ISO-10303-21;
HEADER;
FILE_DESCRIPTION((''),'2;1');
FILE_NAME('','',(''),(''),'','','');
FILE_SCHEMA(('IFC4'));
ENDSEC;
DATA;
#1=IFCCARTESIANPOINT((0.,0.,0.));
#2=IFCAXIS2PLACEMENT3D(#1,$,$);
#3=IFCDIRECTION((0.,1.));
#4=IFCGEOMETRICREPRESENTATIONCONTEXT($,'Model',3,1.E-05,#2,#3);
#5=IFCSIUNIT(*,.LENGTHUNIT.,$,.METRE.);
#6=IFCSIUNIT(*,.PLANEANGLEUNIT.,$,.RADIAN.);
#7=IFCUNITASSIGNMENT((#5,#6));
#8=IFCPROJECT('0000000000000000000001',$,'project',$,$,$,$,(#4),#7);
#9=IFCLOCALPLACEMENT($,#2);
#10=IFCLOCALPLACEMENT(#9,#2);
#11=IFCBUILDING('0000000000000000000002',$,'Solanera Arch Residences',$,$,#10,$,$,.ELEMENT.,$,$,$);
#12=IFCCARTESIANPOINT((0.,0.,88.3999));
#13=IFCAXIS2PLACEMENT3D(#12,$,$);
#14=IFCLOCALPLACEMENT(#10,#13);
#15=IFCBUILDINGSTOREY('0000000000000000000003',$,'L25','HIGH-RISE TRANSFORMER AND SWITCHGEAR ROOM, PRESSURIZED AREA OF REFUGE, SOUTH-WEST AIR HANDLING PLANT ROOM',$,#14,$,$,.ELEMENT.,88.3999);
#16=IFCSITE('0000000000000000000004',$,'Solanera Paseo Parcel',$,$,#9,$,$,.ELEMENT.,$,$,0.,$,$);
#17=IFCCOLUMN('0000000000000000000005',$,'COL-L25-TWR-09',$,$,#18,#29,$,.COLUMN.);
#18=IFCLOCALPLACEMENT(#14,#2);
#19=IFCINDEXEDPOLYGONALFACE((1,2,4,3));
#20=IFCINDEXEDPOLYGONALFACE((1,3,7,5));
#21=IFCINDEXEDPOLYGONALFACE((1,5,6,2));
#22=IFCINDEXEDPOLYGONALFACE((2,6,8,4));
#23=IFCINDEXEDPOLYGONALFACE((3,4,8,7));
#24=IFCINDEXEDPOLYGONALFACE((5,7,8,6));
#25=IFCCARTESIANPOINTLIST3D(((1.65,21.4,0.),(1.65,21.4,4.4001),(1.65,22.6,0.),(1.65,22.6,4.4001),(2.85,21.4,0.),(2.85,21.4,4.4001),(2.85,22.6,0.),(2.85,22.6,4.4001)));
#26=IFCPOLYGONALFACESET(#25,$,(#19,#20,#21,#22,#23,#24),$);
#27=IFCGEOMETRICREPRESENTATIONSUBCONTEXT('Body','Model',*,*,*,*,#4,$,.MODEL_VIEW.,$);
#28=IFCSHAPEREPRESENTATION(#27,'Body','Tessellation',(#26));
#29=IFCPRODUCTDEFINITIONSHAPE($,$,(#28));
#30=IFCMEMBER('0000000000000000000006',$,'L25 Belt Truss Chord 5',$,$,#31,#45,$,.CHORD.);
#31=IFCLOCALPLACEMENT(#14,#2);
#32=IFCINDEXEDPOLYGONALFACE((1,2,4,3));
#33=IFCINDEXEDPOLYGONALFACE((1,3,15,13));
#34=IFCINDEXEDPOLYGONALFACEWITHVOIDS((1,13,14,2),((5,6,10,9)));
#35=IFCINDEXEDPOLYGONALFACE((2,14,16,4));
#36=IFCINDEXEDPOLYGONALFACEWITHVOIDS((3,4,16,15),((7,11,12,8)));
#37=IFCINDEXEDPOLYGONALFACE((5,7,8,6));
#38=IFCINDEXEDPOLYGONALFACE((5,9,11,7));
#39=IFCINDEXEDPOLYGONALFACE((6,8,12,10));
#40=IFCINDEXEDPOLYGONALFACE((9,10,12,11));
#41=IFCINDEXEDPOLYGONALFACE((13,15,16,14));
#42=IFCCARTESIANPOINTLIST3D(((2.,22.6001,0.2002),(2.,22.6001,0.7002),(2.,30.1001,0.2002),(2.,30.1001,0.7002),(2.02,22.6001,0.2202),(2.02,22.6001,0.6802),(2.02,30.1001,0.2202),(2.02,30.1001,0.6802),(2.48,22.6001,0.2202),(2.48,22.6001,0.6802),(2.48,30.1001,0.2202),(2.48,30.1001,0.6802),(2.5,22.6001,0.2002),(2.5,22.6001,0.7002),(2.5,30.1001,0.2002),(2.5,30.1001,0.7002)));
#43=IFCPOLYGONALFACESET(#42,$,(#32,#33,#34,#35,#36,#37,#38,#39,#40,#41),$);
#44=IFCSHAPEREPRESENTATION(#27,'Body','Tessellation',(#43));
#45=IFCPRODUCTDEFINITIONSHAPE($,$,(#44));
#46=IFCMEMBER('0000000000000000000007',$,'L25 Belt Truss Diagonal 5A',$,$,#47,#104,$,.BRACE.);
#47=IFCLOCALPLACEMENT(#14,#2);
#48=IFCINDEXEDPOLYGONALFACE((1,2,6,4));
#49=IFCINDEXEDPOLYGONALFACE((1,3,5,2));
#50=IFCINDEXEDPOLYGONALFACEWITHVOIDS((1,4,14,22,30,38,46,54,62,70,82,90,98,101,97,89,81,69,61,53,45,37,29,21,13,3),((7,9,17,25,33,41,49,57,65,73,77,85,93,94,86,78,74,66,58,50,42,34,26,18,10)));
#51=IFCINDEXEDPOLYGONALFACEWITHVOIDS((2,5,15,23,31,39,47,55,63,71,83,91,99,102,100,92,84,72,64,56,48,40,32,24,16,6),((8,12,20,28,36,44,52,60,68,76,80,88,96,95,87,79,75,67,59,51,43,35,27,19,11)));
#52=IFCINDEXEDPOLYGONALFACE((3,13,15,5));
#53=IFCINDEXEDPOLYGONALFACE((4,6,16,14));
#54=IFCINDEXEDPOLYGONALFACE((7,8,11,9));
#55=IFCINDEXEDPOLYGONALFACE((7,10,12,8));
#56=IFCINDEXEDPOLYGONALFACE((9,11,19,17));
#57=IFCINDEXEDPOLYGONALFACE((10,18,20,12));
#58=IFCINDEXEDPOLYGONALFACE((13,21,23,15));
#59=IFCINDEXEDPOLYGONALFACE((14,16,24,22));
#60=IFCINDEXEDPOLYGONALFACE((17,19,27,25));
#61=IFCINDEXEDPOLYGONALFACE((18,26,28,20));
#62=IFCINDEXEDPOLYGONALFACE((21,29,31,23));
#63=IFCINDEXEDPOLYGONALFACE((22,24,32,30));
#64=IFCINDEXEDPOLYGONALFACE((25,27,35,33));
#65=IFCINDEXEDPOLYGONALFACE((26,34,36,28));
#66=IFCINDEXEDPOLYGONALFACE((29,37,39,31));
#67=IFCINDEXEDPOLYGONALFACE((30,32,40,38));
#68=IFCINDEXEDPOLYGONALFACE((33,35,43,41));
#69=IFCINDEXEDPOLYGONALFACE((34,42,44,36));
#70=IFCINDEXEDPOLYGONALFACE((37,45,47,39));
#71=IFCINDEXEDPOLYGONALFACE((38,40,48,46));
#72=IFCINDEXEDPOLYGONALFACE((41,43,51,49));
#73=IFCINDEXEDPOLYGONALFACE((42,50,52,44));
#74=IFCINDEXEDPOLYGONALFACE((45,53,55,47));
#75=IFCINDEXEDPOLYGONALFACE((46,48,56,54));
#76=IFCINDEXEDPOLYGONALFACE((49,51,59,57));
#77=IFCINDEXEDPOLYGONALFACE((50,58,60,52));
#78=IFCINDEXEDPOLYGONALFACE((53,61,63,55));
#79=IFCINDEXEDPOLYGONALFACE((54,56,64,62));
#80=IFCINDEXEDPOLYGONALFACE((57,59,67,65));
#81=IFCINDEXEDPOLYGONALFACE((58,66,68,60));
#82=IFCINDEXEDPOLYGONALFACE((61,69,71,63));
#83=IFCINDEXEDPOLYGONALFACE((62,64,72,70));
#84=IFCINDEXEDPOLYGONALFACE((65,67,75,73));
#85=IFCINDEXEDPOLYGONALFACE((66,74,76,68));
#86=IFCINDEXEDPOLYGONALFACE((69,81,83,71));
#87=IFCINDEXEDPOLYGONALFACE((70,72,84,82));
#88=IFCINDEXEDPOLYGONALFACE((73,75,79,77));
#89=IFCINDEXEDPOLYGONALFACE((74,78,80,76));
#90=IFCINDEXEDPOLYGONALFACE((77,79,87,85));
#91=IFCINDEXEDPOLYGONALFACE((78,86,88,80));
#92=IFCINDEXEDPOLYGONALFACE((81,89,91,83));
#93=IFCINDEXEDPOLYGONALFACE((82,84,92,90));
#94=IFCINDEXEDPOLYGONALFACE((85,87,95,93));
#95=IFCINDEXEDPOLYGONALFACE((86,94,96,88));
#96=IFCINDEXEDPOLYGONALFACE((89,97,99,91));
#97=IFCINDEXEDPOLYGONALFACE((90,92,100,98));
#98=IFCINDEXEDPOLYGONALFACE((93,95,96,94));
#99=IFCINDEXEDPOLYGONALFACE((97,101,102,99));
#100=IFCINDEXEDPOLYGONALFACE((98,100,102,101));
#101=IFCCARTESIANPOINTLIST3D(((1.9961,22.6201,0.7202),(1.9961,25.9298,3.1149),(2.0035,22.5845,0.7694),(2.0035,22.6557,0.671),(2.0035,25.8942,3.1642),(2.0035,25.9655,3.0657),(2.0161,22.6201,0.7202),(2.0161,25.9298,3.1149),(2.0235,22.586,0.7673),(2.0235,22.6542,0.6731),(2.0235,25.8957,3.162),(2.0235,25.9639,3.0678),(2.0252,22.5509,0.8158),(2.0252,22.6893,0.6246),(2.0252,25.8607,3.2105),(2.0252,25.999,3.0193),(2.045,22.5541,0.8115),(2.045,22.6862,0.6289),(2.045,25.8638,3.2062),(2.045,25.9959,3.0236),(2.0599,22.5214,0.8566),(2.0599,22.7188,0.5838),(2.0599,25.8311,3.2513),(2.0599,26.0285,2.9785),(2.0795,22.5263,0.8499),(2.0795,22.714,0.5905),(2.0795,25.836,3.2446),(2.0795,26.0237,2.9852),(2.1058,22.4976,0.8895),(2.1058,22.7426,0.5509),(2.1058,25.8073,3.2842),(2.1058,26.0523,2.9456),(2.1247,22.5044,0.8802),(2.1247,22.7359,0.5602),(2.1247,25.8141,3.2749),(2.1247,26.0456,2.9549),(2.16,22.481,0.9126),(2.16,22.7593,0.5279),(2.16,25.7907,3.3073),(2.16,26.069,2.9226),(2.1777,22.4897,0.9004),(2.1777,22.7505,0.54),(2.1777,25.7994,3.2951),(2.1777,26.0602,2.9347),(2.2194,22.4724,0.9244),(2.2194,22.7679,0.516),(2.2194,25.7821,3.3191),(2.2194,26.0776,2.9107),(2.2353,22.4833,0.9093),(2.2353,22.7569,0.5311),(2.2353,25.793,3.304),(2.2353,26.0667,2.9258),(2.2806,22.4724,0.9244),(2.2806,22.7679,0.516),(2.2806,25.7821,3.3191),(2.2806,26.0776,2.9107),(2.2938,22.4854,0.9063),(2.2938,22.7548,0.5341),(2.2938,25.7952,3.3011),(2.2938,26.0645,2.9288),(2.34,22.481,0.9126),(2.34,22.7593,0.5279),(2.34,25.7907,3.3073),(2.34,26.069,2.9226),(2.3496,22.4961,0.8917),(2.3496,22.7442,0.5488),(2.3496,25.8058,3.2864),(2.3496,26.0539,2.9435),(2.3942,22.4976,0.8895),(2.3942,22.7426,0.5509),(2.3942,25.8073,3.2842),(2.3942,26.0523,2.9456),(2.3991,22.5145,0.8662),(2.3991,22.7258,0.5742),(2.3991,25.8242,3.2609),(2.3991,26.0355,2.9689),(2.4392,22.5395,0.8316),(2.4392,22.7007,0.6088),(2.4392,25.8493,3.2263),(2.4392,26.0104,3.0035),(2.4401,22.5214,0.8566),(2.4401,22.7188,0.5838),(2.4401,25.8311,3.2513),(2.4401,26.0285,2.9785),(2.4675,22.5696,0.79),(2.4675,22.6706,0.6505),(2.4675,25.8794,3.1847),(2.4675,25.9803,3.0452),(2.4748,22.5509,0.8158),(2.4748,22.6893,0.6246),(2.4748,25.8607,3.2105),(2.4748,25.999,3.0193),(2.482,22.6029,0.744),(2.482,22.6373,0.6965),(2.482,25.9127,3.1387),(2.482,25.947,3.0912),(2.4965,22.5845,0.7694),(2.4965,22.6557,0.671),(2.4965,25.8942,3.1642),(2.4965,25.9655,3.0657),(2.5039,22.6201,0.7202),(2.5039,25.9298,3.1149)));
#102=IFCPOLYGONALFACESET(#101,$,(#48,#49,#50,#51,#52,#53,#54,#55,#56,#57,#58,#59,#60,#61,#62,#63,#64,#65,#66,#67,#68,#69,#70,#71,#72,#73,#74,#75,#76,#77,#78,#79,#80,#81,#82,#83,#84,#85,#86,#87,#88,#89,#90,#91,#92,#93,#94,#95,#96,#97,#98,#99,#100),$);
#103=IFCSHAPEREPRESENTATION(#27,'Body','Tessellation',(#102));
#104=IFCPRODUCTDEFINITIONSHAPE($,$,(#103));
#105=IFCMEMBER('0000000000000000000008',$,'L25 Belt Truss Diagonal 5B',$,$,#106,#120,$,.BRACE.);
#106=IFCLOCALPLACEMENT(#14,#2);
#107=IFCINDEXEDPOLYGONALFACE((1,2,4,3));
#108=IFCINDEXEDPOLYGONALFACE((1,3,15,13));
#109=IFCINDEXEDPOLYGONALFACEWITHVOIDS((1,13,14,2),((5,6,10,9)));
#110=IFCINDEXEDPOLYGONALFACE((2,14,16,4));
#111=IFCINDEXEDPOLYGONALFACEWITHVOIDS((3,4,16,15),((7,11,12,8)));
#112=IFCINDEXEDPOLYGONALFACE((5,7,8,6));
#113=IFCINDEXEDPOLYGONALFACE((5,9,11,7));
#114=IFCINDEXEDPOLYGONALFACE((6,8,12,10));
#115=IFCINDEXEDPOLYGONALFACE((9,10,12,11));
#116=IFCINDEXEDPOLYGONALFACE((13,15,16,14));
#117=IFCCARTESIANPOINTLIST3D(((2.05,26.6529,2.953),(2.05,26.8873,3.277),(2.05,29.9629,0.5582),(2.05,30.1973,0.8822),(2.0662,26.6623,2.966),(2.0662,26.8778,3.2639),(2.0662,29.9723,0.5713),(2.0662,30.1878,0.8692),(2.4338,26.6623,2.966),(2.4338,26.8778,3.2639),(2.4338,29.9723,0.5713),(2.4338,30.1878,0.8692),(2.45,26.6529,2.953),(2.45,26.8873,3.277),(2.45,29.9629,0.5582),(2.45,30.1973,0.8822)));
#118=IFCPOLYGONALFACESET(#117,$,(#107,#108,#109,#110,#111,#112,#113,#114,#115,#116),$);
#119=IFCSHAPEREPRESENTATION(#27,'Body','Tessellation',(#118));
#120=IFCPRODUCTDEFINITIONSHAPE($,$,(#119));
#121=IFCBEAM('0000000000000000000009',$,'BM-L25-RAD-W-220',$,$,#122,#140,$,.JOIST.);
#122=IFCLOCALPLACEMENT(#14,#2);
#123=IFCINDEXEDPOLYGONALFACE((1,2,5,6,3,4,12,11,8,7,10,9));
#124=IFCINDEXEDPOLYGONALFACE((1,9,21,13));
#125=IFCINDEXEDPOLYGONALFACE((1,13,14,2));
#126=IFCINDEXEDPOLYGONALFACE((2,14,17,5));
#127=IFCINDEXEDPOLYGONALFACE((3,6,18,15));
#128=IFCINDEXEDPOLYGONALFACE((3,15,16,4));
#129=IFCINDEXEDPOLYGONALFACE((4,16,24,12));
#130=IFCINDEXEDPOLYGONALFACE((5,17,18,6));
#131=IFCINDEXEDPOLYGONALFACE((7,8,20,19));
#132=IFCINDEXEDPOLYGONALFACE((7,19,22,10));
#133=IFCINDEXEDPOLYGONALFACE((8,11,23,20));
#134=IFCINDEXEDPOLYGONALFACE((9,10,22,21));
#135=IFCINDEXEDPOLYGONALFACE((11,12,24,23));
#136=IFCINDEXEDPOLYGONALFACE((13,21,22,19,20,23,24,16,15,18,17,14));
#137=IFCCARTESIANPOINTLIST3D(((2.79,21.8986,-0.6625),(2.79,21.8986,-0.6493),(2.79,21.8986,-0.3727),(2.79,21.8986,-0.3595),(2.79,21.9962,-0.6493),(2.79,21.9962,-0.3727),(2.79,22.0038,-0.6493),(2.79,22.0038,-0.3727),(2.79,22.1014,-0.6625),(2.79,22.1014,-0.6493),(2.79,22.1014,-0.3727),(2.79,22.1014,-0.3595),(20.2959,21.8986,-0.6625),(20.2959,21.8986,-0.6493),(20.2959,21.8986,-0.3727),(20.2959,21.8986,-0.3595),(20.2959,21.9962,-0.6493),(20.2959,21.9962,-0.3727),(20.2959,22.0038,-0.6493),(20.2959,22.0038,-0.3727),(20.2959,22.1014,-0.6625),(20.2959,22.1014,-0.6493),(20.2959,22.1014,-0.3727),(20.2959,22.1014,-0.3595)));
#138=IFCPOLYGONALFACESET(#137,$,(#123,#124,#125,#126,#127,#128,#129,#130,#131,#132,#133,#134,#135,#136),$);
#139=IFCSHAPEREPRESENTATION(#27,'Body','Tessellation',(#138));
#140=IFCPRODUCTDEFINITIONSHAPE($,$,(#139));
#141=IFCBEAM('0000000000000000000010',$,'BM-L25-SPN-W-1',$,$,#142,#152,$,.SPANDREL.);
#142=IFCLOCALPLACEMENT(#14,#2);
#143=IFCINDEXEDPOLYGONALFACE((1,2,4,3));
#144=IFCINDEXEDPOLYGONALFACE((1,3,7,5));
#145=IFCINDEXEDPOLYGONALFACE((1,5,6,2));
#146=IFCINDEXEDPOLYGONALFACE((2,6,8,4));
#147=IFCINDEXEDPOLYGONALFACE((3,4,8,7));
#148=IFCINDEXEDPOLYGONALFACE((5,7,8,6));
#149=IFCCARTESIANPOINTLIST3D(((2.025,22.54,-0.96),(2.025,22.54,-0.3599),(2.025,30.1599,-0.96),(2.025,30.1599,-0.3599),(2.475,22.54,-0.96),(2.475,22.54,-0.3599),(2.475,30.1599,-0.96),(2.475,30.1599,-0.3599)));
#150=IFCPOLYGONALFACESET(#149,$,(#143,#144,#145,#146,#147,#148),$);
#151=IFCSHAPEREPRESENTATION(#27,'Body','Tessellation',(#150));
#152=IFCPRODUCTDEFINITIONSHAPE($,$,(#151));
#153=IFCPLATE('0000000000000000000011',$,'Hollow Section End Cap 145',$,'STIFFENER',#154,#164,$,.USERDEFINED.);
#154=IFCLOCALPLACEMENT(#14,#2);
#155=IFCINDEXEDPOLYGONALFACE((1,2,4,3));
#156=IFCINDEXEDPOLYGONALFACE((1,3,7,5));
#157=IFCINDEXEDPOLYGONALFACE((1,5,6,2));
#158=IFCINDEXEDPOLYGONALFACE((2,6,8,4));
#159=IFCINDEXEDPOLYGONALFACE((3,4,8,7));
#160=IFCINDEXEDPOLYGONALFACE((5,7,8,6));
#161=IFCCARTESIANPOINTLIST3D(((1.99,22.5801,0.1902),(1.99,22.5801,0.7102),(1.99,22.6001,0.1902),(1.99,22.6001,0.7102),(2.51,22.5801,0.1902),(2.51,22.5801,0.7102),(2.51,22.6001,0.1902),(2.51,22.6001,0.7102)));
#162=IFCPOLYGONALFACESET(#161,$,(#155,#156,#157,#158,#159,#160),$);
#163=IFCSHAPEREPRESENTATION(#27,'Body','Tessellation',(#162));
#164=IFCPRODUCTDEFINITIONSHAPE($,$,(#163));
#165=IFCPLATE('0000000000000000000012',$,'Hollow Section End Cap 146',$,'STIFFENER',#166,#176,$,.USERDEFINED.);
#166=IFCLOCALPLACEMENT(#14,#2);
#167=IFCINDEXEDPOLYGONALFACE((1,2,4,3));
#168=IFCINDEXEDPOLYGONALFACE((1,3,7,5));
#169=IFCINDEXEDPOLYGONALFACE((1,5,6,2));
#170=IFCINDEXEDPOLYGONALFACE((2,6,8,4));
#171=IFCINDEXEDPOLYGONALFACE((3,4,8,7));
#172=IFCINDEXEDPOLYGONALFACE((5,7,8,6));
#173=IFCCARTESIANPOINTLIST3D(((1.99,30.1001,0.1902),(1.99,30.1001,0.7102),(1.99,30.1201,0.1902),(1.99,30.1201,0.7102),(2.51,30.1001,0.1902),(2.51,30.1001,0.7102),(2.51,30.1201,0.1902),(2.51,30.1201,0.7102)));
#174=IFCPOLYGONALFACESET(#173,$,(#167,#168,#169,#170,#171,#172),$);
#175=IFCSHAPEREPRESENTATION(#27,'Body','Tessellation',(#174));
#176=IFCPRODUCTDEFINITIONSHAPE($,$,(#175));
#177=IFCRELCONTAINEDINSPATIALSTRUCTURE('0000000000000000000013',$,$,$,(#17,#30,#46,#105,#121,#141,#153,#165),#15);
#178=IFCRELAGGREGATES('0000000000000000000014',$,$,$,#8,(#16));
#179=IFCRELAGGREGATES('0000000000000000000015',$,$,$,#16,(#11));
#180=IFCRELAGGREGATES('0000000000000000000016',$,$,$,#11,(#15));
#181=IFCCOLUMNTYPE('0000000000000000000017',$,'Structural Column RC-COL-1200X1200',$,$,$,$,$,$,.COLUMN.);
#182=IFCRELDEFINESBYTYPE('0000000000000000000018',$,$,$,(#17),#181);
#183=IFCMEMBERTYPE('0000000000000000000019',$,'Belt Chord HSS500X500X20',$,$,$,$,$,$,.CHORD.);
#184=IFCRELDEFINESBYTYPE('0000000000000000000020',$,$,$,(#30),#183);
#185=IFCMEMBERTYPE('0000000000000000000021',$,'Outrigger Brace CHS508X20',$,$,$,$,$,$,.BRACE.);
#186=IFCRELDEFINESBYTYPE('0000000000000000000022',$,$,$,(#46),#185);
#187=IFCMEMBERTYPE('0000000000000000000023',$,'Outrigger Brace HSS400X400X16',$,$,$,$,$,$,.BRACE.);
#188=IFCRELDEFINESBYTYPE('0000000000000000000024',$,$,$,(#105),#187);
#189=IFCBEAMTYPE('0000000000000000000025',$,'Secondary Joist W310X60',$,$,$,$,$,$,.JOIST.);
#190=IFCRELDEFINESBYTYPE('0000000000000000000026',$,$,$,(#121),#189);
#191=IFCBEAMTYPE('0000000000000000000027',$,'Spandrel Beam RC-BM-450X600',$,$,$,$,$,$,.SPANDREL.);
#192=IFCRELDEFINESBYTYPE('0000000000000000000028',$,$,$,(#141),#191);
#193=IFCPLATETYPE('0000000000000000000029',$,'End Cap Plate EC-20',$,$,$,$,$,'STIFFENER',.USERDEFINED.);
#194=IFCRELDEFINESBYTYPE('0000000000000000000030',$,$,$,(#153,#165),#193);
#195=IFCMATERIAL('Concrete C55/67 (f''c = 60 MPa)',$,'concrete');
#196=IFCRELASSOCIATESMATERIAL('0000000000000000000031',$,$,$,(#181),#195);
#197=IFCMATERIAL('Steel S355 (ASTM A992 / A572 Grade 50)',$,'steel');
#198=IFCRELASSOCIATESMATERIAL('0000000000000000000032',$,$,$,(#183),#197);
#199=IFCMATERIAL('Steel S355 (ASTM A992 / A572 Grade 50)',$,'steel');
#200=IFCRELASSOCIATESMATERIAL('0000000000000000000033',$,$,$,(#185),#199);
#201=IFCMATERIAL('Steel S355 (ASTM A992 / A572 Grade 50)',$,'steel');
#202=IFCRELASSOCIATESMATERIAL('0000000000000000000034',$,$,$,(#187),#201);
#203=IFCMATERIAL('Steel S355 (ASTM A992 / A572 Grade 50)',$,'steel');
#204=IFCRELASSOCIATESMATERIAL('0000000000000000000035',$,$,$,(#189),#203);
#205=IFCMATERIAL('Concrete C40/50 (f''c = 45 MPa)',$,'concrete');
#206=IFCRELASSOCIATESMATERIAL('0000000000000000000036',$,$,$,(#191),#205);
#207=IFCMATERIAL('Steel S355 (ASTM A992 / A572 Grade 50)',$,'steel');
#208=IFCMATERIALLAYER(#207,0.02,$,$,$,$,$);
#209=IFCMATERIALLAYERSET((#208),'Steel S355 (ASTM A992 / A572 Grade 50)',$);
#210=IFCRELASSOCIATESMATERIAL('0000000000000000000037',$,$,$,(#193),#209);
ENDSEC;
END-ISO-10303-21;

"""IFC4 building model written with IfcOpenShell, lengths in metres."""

from ifc_helpers import new_model, si_unit, direction, frame, origin, origin_2d, place, context, subcontext, project, spatial, rectangle, hollow_rectangle, hollow_circle, i_section, extrude, material, layer, layer_set, material_profile, profile_set, type_object, element, save


model = new_model("IFC4")

# Units and contexts
model_context = context("Model", 3, precision=1e-05, world=origin(), true_north=direction((0.0, 1.0)))
body_context = subcontext(model_context, "Body", "Model", "MODEL_VIEW")
ifc_project = project(units=[si_unit("LENGTHUNIT", "METRE"), si_unit("PLANEANGLEUNIT", "RADIAN")], contexts=[model_context])

# Site, building, storey
site_placement = place(None, origin())
site = spatial("IfcSite", under=ifc_project, at=site_placement, Name="Solanera Paseo Parcel", CompositionType="ELEMENT", RefElevation=0.0)
building_placement = place(site_placement, origin())
building = spatial("IfcBuilding", under=site, at=building_placement, Name="Solanera Arch Residences", CompositionType="ELEMENT")
storey_placement = place(building_placement, frame((0.0, 0.0, 88.3999)))
storey = spatial("IfcBuildingStorey", under=building, at=storey_placement, Name="L25", Description="HIGH-RISE TRANSFORMER AND SWITCHGEAR ROOM, PRESSURIZED AREA OF REFUGE, SOUTH-WEST AIR HANDLING PLANT ROOM", CompositionType="ELEMENT", Elevation=88.3999)

# Column
ifc_material_1 = material(Name="Concrete C55/67 (f'c = 60 MPa)", Category="concrete")
ifc_material_profile_1 = material_profile(ifc_material_1, rectangle(XDim=1.2, YDim=1.2, at=origin_2d()))
ifc_profile_set_1 = profile_set([ifc_material_profile_1], Name="Concrete C55/67 (f'c = 60 MPa)")
column_type = type_object("IfcColumnType", Name="Structural Column RC-COL-1200X1200", PredefinedType="COLUMN", material=ifc_profile_set_1)
column_placement = place(storey_placement, frame((2.25, 22.0, 0.0), z_axis=(0.0, 0.0, 1.0), x_axis=(1.0, 0.0, 0.0)))
element("IfcColumn", 1, at=column_placement, inside=storey, type_object=column_type, Name="COL-L25-TWR-09", PredefinedType="COLUMN", context=body_context, shape_type="SweptSolid", body=[
    extrude(rectangle(XDim=1.2, YDim=1.2, at=origin_2d()), origin(), (0.0, 0.0, 1.0), 4.4001),
])

# Members
ifc_material_2 = material(Name="Steel S355 (ASTM A992 / A572 Grade 50)", Category="steel")
ifc_material_profile_2 = material_profile(ifc_material_2, hollow_rectangle(XDim=0.5, YDim=0.5, WallThickness=0.02, at=origin_2d()))
ifc_profile_set_2 = profile_set([ifc_material_profile_2], Name="Steel S355 (ASTM A992 / A572 Grade 50)")
member_type_1 = type_object("IfcMemberType", Name="Belt Chord HSS500X500X20", PredefinedType="CHORD", material=ifc_profile_set_2)
member_1_placement = place(storey_placement, frame((2.25, 22.6001, 0.4502), z_axis=(0.0, 1.0, 0.0), x_axis=(-1.0, 0.0, 0.0)))
element("IfcMember", 2, at=member_1_placement, inside=storey, type_object=member_type_1, Name="L25 Belt Truss Chord 5", PredefinedType="CHORD", context=body_context, shape_type="SweptSolid", body=[
    extrude(hollow_rectangle(XDim=0.5, YDim=0.5, WallThickness=0.02, at=origin_2d()), origin(), (0.0, 0.0, 1.0), 7.5),
])
ifc_material_3 = material(Name="Steel S355 (ASTM A992 / A572 Grade 50)", Category="steel")
ifc_material_profile_3 = material_profile(ifc_material_3, hollow_circle(Radius=0.2539, WallThickness=0.02, at=origin_2d()))
ifc_profile_set_3 = profile_set([ifc_material_profile_3], Name="Steel S355 (ASTM A992 / A572 Grade 50)")
member_type_2 = type_object("IfcMemberType", Name="Outrigger Brace CHS508X20", PredefinedType="BRACE", material=ifc_profile_set_3)
member_2_placement = place(storey_placement, frame((2.25, 22.6201, 0.7202), z_axis=(0.0, 0.810173, 0.586191), x_axis=(-1.0, 0.0, 0.0)))
element("IfcMember", 3, at=member_2_placement, inside=storey, type_object=member_type_2, Name="L25 Belt Truss Diagonal 5A", PredefinedType="BRACE", context=body_context, shape_type="SweptSolid", body=[
    extrude(hollow_circle(Radius=0.2539, WallThickness=0.02, at=origin_2d()), origin(), (0.0, 0.0, 1.0), 4.0852),
])
ifc_material_4 = material(Name="Steel S355 (ASTM A992 / A572 Grade 50)", Category="steel")
ifc_material_profile_4 = material_profile(ifc_material_4, hollow_rectangle(XDim=0.3999, YDim=0.3999, WallThickness=0.0161, at=origin_2d()))
ifc_profile_set_4 = profile_set([ifc_material_profile_4], Name="Steel S355 (ASTM A992 / A572 Grade 50)")
member_type_3 = type_object("IfcMemberType", Name="Outrigger Brace HSS400X400X16", PredefinedType="BRACE", material=ifc_profile_set_4)
member_3_placement = place(storey_placement, frame((2.25, 30.0801, 0.7202), z_axis=(0.0, -0.810194, 0.586162), x_axis=(1.0, 0.0, 0.0)))
element("IfcMember", 4, at=member_3_placement, inside=storey, type_object=member_type_3, Name="L25 Belt Truss Diagonal 5B", PredefinedType="BRACE", context=body_context, shape_type="SweptSolid", body=[
    extrude(hollow_rectangle(XDim=0.3999, YDim=0.3999, WallThickness=0.0161, at=origin_2d()), origin(), (0.0, 0.0, 1.0), 4.0854),
])

# Beams
ifc_material_5 = material(Name="Steel S355 (ASTM A992 / A572 Grade 50)", Category="steel")
ifc_material_profile_5 = material_profile(ifc_material_5, i_section(OverallWidth=0.2029, OverallDepth=0.303, WebThickness=0.0076, FlangeThickness=0.0132, at=origin_2d()))
ifc_profile_set_5 = profile_set([ifc_material_profile_5], Name="Steel S355 (ASTM A992 / A572 Grade 50)")
beam_type_1 = type_object("IfcBeamType", Name="Secondary Joist W310X60", PredefinedType="JOIST", material=ifc_profile_set_5)
beam_1_placement = place(storey_placement, frame((2.79, 22.0, -0.511), z_axis=(1.0, 0.0, 0.0), x_axis=(0.0, 1.0, 0.0)))
element("IfcBeam", 5, at=beam_1_placement, inside=storey, type_object=beam_type_1, Name="BM-L25-RAD-W-220", PredefinedType="JOIST", context=body_context, shape_type="SweptSolid", body=[
    extrude(i_section(OverallWidth=0.2029, OverallDepth=0.303, WebThickness=0.0076, FlangeThickness=0.0132, at=origin_2d()), origin(), (0.0, 0.0, 1.0), 17.5059),
])
ifc_material_6 = material(Name="Concrete C40/50 (f'c = 45 MPa)", Category="concrete")
ifc_material_profile_6 = material_profile(ifc_material_6, rectangle(XDim=0.45, YDim=0.6001, at=origin_2d()))
ifc_profile_set_6 = profile_set([ifc_material_profile_6], Name="Concrete C40/50 (f'c = 45 MPa)")
beam_type_2 = type_object("IfcBeamType", Name="Spandrel Beam RC-BM-450X600", PredefinedType="SPANDREL", material=ifc_profile_set_6)
beam_2_placement = place(storey_placement, frame((2.25, 22.54, -0.6599), z_axis=(0.0, 1.0, 0.0), x_axis=(-1.0, 0.0, 0.0)))
element("IfcBeam", 6, at=beam_2_placement, inside=storey, type_object=beam_type_2, Name="BM-L25-SPN-W-1", PredefinedType="SPANDREL", context=body_context, shape_type="SweptSolid", body=[
    extrude(rectangle(XDim=0.45, YDim=0.6001, at=origin_2d()), origin(), (0.0, 0.0, 1.0), 7.6199),
])

# Plates
ifc_material_7 = material(Name="Steel S355 (ASTM A992 / A572 Grade 50)", Category="steel")
ifc_layer_1 = layer(ifc_material_7, 0.02)
ifc_layer_set_1 = layer_set([ifc_layer_1], Name="Steel S355 (ASTM A992 / A572 Grade 50)")
plate_type_1 = type_object("IfcPlateType", Name="End Cap Plate EC-20", ElementType="STIFFENER", PredefinedType="USERDEFINED", material=ifc_layer_set_1)
for number, where, z_axis, x_axis, name in (
    (7, (2.25, 22.5901, 0.1902), (0.0, 0.0, 1.0), (0.0, -1.0, 0.0), "Hollow Section End Cap 145"),
    (8, (2.25, 30.1101, 0.1902), (0.0, 0.0, 1.0), (0.0, 1.0, 0.0), "Hollow Section End Cap 146"),
):
    element("IfcPlate", number, at=place(storey_placement, frame(where, z_axis=z_axis, x_axis=x_axis)), inside=storey, type_object=plate_type_1, Name=name, ObjectType="STIFFENER", PredefinedType="USERDEFINED", context=body_context, shape_type="SweptSolid", body=[
        extrude(rectangle(XDim=0.02, YDim=0.52, at=origin_2d()), origin(), (0.0, 0.0, 1.0), 0.52),
    ])

save(model, "model.ifc")
